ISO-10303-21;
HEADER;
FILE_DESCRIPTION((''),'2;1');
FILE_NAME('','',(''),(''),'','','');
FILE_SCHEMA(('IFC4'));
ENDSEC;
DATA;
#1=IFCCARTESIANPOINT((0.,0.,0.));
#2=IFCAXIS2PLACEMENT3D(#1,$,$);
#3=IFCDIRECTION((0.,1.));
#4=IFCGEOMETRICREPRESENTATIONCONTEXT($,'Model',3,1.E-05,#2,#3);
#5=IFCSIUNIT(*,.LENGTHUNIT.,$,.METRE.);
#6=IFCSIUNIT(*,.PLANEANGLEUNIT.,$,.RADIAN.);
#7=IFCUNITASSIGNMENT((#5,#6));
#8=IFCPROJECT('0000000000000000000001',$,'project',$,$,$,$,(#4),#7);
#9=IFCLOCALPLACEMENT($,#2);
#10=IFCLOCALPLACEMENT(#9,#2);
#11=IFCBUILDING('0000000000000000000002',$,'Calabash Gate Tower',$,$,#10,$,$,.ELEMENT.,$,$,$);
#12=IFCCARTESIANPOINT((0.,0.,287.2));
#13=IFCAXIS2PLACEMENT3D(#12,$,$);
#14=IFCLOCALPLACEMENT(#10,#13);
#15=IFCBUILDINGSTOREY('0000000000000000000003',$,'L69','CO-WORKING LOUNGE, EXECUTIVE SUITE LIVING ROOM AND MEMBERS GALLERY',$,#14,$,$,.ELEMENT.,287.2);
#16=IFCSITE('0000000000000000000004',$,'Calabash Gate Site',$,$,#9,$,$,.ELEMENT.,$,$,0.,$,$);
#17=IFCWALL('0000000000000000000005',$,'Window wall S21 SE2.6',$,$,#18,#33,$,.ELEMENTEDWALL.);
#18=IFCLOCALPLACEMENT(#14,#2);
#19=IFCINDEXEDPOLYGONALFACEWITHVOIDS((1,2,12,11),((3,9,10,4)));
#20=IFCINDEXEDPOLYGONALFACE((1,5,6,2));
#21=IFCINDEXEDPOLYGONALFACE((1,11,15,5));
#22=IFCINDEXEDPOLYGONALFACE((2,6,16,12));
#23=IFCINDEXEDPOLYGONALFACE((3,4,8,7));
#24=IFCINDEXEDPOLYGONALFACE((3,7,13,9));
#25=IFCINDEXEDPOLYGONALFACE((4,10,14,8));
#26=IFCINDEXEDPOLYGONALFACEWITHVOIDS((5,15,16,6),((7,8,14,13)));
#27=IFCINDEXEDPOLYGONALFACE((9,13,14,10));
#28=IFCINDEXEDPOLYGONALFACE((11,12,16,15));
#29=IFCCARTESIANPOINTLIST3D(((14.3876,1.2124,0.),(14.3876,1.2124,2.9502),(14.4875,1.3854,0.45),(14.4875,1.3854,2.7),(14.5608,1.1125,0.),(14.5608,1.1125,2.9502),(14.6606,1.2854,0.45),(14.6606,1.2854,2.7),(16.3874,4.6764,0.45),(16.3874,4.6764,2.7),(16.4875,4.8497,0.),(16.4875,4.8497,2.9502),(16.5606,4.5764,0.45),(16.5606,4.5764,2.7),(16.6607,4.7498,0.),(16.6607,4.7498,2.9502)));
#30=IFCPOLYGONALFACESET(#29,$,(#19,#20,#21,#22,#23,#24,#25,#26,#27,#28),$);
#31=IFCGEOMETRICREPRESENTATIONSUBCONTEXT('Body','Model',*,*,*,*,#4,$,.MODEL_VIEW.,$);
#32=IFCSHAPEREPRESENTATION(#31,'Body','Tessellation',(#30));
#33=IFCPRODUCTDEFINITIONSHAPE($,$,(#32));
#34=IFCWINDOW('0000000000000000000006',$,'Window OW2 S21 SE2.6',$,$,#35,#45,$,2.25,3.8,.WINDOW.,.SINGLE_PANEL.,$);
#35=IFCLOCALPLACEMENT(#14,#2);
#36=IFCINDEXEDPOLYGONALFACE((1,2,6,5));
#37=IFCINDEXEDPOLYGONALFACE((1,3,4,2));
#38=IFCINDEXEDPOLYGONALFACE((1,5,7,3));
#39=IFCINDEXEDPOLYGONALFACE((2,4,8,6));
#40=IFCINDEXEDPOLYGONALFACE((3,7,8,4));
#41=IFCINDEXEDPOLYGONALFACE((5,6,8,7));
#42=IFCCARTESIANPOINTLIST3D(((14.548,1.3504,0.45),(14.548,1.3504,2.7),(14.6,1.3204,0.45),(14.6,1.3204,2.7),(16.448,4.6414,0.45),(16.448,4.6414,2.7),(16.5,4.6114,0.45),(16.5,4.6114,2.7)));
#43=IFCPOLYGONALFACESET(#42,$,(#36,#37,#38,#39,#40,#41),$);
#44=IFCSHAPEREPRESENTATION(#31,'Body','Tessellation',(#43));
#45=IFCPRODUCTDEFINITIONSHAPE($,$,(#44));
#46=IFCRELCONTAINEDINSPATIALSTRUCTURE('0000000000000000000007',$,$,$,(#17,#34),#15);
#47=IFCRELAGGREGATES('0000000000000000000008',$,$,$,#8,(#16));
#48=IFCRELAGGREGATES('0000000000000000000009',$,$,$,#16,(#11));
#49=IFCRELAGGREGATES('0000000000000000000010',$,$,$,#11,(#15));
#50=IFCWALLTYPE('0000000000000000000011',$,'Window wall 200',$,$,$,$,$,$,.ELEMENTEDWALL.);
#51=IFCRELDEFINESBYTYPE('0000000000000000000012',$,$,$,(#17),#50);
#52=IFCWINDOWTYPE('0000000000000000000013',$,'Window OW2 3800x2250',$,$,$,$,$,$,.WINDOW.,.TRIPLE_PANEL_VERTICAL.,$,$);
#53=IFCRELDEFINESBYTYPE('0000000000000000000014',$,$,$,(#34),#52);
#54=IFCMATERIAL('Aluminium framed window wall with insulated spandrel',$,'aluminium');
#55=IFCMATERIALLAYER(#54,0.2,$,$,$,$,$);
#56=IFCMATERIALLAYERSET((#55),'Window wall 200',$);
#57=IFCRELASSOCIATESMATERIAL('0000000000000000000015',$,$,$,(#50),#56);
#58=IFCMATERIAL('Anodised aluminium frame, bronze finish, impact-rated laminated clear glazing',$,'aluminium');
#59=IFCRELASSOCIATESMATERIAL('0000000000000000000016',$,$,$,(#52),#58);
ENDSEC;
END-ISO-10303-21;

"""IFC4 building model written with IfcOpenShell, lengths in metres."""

from ifc_helpers import new_model, si_unit, direction, frame, frame_2d, origin, place, context, subcontext, project, spatial, rectangle, extrude, material, layer, layer_set, type_object, element, fill, save


model = new_model("IFC4")

# Units and contexts
model_context = context("Model", 3, precision=1e-05, world=origin(), true_north=direction((0.0, 1.0)))
body_context = subcontext(model_context, "Body", "Model", "MODEL_VIEW")
ifc_project = project(units=[si_unit("LENGTHUNIT", "METRE"), si_unit("PLANEANGLEUNIT", "RADIAN")], contexts=[model_context])

# Site, building, storey
site_placement = place(None, origin())
site = spatial("IfcSite", under=ifc_project, at=site_placement, Name="Calabash Gate Site", CompositionType="ELEMENT", RefElevation=0.0)
building_placement = place(site_placement, origin())
building = spatial("IfcBuilding", under=site, at=building_placement, Name="Calabash Gate Tower", CompositionType="ELEMENT")
storey_placement = place(building_placement, frame((0.0, 0.0, 287.2)))
storey = spatial("IfcBuildingStorey", under=building, at=storey_placement, Name="L69", Description="CO-WORKING LOUNGE, EXECUTIVE SUITE LIVING ROOM AND MEMBERS GALLERY", CompositionType="ELEMENT", Elevation=287.2)

# Shared definitions
ifc_material_1 = material(Name="Aluminium framed window wall with insulated spandrel", Category="aluminium")
ifc_layer_1 = layer(ifc_material_1, 0.2)
ifc_layer_set_1 = layer_set([ifc_layer_1], Name="Window wall 200")
wall_type_1 = type_object("IfcWallType", Name="Window wall 200", PredefinedType="ELEMENTEDWALL", material=ifc_layer_set_1)

# Wall, opening, window
wall_1_placement = place(storey_placement, frame((14.4741, 1.1624, 0.0), z_axis=(0.0, 0.0, 1.0), x_axis=(0.499984, 0.866035, 0.0)))
wall_1 = element("IfcWall", 1, at=wall_1_placement, inside=storey, type_object=wall_type_1, Name="Window wall S21 SE2.6", PredefinedType="ELEMENTEDWALL", context=body_context, shape_type="SweptSolid", body=[
    extrude(rectangle(XDim=4.2, YDim=0.2, at=frame_2d((2.1001, 0.0))), origin(), (0.0, 0.0, 1.0), 2.9502),
])
opening_1_placement = place(wall_1_placement, frame((0.2, 0.0, 0.45)))
opening_1 = element("IfcOpeningElement", 2, at=opening_1_placement, cuts=wall_1, PredefinedType="OPENING", context=body_context, shape_type="SweptSolid", body=[
    extrude(rectangle(XDim=3.8, YDim=2.25, at=frame_2d((1.8999, 1.125))), frame((0.0, 0.1099, 0.0), z_axis=(0.0, -1.0, 0.0), x_axis=(1.0, 0.0, 0.0)), (0.0, 0.0, 1.0), 0.22),
])
ifc_material_2 = material(Name="Anodised aluminium frame, bronze finish, impact-rated laminated clear glazing", Category="aluminium")
window_type_1 = type_object("IfcWindowType", Name="Window OW2 3800x2250", PartitioningType="TRIPLE_PANEL_VERTICAL", PredefinedType="WINDOW", material=ifc_material_2)
window_1_placement = place(opening_1_placement, origin())
window_1 = element("IfcWindow", 3, at=window_1_placement, inside=storey, type_object=window_type_1, Name="Window OW2 S21 SE2.6", OverallHeight=2.25, OverallWidth=3.8, PartitioningType="SINGLE_PANEL", PredefinedType="WINDOW", context=body_context, shape_type="SweptSolid", body=[
    extrude(rectangle(XDim=3.8, YDim=2.25, at=frame_2d((1.8999, 1.125))), frame((0.0, 0.03, 0.0), z_axis=(0.0, -1.0, 0.0), x_axis=(1.0, 0.0, 0.0)), (0.0, 0.0, 1.0), 0.0601),
])
fill(opening_1, window_1)

save(model, "model.ifc")
